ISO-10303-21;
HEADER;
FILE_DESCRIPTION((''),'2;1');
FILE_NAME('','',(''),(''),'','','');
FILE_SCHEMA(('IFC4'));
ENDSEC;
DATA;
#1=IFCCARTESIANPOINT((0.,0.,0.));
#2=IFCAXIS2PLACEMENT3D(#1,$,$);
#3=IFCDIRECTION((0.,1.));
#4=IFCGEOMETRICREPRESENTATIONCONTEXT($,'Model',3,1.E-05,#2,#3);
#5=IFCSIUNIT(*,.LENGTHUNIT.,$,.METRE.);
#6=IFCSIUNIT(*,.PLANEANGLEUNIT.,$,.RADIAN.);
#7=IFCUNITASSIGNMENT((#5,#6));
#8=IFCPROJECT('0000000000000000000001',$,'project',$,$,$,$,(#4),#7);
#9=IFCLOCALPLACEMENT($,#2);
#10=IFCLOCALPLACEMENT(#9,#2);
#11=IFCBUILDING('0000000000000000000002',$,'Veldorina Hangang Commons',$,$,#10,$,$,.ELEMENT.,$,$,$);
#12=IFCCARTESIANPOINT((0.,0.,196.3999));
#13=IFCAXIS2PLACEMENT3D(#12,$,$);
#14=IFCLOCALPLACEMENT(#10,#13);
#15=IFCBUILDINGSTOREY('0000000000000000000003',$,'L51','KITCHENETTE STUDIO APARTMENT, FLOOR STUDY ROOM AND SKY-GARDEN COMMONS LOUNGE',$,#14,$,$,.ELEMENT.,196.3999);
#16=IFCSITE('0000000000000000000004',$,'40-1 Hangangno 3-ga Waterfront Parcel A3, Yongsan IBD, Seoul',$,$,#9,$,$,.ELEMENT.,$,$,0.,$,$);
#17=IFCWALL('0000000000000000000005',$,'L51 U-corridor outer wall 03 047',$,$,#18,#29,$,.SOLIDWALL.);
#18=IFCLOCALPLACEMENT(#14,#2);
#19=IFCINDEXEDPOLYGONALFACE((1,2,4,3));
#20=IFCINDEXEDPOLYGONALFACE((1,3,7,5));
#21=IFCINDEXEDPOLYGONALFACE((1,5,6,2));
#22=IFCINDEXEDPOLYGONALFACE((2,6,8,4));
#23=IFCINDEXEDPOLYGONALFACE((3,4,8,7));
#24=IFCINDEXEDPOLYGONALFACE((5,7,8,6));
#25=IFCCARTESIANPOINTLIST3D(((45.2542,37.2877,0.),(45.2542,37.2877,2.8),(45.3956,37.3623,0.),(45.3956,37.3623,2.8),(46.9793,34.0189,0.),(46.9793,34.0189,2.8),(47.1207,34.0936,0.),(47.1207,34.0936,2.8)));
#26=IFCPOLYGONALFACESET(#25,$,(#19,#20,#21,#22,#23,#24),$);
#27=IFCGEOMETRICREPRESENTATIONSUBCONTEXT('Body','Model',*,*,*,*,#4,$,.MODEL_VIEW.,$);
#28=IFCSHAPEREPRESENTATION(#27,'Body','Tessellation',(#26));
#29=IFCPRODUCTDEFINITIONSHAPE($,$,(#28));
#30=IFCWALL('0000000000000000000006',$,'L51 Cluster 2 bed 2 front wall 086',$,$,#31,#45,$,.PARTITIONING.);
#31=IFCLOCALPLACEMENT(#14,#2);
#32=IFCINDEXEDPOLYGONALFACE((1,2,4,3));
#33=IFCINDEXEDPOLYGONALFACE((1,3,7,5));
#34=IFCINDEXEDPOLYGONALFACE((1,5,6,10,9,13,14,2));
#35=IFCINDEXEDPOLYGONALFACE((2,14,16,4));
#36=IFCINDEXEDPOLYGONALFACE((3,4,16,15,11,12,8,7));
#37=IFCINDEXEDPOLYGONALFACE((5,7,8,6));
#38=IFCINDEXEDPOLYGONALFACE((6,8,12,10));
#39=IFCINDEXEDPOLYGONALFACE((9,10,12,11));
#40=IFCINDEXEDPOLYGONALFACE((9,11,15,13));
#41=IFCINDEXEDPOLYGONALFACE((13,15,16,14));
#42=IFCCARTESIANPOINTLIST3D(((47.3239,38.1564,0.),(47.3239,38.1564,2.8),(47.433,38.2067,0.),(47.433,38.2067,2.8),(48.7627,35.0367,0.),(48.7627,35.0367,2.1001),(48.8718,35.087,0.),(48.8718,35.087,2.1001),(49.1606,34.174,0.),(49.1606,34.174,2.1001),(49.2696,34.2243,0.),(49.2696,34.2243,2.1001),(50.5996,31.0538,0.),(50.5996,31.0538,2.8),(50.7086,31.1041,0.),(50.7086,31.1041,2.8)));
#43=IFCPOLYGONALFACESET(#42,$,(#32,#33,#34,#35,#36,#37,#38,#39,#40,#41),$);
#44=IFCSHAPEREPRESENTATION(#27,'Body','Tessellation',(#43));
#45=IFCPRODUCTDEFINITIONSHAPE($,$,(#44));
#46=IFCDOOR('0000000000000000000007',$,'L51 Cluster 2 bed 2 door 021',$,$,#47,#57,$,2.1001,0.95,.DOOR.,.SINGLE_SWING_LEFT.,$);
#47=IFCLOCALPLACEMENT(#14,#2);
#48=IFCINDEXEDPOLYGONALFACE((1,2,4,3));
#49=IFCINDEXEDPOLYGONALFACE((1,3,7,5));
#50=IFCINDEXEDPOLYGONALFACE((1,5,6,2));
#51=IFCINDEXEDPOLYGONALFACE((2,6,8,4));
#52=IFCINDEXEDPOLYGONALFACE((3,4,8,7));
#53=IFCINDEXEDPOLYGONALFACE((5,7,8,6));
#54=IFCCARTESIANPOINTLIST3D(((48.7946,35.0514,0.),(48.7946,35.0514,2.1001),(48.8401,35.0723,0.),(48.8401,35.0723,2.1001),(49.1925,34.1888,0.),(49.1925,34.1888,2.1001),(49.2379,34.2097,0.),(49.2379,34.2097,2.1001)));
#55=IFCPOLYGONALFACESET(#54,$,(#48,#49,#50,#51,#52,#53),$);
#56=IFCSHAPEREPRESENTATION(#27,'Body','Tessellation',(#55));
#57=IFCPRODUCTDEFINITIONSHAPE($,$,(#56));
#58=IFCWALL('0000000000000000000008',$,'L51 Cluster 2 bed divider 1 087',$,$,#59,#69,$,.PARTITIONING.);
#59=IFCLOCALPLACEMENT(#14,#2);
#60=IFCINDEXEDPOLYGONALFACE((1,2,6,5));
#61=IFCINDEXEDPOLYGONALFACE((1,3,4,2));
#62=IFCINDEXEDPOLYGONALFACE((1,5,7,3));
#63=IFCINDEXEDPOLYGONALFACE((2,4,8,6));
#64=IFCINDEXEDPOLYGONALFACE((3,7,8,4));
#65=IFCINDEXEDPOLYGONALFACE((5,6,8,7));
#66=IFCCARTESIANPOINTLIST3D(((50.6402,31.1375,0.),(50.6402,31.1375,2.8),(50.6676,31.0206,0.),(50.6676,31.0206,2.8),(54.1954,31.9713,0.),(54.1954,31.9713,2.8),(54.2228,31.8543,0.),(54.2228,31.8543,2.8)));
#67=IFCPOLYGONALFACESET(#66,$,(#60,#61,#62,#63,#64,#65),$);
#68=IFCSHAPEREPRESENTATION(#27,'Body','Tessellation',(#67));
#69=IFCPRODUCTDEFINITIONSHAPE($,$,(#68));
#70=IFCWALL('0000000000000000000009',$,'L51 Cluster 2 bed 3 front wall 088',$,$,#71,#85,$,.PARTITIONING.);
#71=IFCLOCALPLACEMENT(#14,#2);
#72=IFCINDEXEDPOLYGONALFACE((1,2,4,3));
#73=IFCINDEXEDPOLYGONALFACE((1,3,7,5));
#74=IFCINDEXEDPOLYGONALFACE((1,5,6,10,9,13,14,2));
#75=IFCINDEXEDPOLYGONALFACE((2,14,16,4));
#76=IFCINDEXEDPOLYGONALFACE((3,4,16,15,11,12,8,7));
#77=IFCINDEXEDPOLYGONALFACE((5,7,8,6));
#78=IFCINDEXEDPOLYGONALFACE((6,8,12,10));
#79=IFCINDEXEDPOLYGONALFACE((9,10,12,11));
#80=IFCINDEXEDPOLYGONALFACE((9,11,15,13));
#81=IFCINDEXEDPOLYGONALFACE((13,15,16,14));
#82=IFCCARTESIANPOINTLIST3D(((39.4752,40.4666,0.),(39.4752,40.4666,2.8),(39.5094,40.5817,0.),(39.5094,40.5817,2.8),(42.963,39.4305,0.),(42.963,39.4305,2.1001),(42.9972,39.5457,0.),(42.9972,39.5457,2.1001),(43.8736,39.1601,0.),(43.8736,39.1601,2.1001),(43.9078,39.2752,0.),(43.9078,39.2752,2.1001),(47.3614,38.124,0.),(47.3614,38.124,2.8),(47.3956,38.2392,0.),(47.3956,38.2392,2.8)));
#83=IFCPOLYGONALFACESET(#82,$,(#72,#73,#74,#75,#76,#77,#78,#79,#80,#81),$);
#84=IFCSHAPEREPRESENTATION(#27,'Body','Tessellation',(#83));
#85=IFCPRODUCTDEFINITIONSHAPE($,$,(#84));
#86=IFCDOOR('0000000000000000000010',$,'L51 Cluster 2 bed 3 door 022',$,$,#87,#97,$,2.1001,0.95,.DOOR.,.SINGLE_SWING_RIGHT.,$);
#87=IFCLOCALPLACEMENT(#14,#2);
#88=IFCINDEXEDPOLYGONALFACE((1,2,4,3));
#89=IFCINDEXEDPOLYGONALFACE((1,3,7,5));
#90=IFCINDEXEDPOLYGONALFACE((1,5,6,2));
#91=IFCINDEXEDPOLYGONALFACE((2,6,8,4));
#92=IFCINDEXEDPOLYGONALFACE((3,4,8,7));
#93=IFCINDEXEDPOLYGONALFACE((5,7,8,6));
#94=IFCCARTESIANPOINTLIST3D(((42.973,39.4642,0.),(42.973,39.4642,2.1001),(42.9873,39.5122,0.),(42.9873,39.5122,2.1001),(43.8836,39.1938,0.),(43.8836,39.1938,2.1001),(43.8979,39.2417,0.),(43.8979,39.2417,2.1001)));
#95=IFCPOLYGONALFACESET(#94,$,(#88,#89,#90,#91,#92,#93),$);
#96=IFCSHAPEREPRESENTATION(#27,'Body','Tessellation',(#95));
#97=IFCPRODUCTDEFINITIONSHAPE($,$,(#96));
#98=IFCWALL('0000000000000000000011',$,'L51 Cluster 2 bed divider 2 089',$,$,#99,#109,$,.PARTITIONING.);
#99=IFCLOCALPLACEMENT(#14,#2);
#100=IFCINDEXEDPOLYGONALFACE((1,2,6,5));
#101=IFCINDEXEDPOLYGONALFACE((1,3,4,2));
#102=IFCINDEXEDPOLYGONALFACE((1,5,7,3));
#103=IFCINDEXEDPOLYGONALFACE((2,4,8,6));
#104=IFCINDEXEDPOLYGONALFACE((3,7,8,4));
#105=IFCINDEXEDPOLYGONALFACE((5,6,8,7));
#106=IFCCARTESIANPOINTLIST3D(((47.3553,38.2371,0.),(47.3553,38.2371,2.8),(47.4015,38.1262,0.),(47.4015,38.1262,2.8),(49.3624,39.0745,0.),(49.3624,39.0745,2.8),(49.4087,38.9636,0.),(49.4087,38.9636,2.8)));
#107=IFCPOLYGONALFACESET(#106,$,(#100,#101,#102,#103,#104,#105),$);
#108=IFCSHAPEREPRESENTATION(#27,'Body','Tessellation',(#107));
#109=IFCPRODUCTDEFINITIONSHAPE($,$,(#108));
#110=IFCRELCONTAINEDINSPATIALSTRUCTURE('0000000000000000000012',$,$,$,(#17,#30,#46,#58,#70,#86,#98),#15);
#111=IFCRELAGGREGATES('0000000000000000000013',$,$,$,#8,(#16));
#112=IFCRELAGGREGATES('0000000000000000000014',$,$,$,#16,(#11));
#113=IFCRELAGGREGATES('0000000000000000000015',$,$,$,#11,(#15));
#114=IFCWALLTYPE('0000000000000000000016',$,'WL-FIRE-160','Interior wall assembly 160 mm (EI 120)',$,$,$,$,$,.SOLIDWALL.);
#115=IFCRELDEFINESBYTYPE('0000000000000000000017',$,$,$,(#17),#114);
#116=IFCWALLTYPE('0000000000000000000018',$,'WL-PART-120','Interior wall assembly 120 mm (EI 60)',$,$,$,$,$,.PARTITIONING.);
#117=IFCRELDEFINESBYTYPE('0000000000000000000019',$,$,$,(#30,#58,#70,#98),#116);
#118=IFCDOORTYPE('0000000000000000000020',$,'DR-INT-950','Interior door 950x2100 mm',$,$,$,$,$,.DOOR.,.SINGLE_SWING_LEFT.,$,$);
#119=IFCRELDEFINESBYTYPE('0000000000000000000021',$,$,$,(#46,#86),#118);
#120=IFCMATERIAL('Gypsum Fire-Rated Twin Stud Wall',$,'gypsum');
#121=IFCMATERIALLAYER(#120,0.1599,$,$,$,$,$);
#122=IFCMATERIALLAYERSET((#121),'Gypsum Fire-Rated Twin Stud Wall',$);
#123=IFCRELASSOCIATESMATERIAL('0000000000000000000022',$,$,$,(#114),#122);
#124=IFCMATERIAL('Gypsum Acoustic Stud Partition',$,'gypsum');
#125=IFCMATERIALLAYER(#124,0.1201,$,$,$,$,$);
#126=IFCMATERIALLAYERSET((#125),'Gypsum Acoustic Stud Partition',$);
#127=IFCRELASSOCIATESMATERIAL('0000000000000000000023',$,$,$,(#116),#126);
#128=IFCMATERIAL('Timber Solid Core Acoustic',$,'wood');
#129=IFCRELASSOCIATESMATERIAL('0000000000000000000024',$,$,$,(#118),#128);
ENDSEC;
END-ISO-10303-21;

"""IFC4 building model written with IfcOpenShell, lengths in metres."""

from ifc_helpers import new_model, si_unit, direction, frame, frame_2d, origin, place, context, subcontext, project, spatial, rectangle, extrude, material, layer, layer_set, type_object, element, fill, save


model = new_model("IFC4")

# Units and contexts
model_context = context("Model", 3, precision=1e-05, world=origin(), true_north=direction((0.0, 1.0)))
body_context = subcontext(model_context, "Body", "Model", "MODEL_VIEW")
ifc_project = project(units=[si_unit("LENGTHUNIT", "METRE"), si_unit("PLANEANGLEUNIT", "RADIAN")], contexts=[model_context])

# Site, building, storey
site_placement = place(None, origin())
site = spatial("IfcSite", under=ifc_project, at=site_placement, Name="40-1 Hangangno 3-ga Waterfront Parcel A3, Yongsan IBD, Seoul", CompositionType="ELEMENT", RefElevation=0.0)
building_placement = place(site_placement, origin())
building = spatial("IfcBuilding", under=site, at=building_placement, Name="Veldorina Hangang Commons", CompositionType="ELEMENT")
storey_placement = place(building_placement, frame((0.0, 0.0, 196.3999)))
storey = spatial("IfcBuildingStorey", under=building, at=storey_placement, Name="L51", Description="KITCHENETTE STUDIO APARTMENT, FLOOR STUDY ROOM AND SKY-GARDEN COMMONS LOUNGE", CompositionType="ELEMENT", Elevation=196.3999)

# Wall
ifc_material_1 = material(Name="Gypsum Fire-Rated Twin Stud Wall", Category="gypsum")
ifc_layer_1 = layer(ifc_material_1, 0.1599)
ifc_layer_set_1 = layer_set([ifc_layer_1], Name="Gypsum Fire-Rated Twin Stud Wall")
wall_type_1 = type_object("IfcWallType", Name="WL-FIRE-160", Description="Interior wall assembly 160 mm (EI 120)", PredefinedType="SOLIDWALL", material=ifc_layer_set_1)
wall_1_placement = place(storey_placement, frame((47.05, 34.0562, 0.0), z_axis=(0.0, 0.0, 1.0), x_axis=(-0.466737, 0.884396, 0.0)))
element("IfcWall", 1, at=wall_1_placement, inside=storey, type_object=wall_type_1, Name="L51 U-corridor outer wall 03 047", PredefinedType="SOLIDWALL", context=body_context, shape_type="SweptSolid", body=[
    extrude(rectangle(XDim=3.696, YDim=0.1599, at=frame_2d((1.8481, 0.0))), origin(), (0.0, 0.0, 1.0), 2.8),
])

# Wall, opening, door
ifc_material_2 = material(Name="Gypsum Acoustic Stud Partition", Category="gypsum")
ifc_layer_2 = layer(ifc_material_2, 0.1201)
ifc_layer_set_2 = layer_set([ifc_layer_2], Name="Gypsum Acoustic Stud Partition")
wall_type_2 = type_object("IfcWallType", Name="WL-PART-120", Description="Interior wall assembly 120 mm (EI 60)", PredefinedType="PARTITIONING", material=ifc_layer_set_2)
wall_2_placement = place(storey_placement, frame((50.6541, 31.0791, 0.0), z_axis=(0.0, 0.0, 1.0), x_axis=(-0.418799, 0.908079, 0.0)))
wall_2 = element("IfcWall", 2, at=wall_2_placement, inside=storey, type_object=wall_type_2, Name="L51 Cluster 2 bed 2 front wall 086", PredefinedType="PARTITIONING", context=body_context, shape_type="SweptSolid", body=[
    extrude(rectangle(XDim=7.8215, YDim=0.1201, at=frame_2d((3.9106, 0.0))), origin(), (0.0, 0.0, 1.0), 2.8),
])
opening_1_placement = place(wall_2_placement, frame((3.4358, 0.0, 0.0)))
opening_1 = element("IfcOpeningElement", 3, at=opening_1_placement, cuts=wall_2, PredefinedType="OPENING", context=body_context, shape_type="SweptSolid", body=[
    extrude(rectangle(XDim=0.95, YDim=2.1001, at=frame_2d((0.4751, 1.05))), frame((0.0, 0.0701, 0.0), z_axis=(0.0, -1.0, 0.0), x_axis=(1.0, 0.0, 0.0)), (0.0, 0.0, 1.0), 0.1401),
])
ifc_material_3 = material(Name="Timber Solid Core Acoustic", Category="wood")
door_type = type_object("IfcDoorType", Name="DR-INT-950", Description="Interior door 950x2100 mm", OperationType="SINGLE_SWING_LEFT", PredefinedType="DOOR", material=ifc_material_3)
door_1_placement = place(opening_1_placement, origin())
door_1 = element("IfcDoor", 4, at=door_1_placement, inside=storey, type_object=door_type, Name="L51 Cluster 2 bed 2 door 021", OperationType="SINGLE_SWING_LEFT", OverallHeight=2.1001, OverallWidth=0.95, PredefinedType="DOOR", context=body_context, shape_type="SweptSolid", body=[
    extrude(rectangle(XDim=0.95, YDim=2.1001, at=frame_2d((0.4751, 1.05))), frame((0.0, 0.0249, 0.0), z_axis=(0.0, -1.0, 0.0), x_axis=(1.0, 0.0, 0.0)), (0.0, 0.0, 1.0), 0.05),
])
fill(opening_1, door_1)

# Wall
wall_3_placement = place(storey_placement, frame((50.6541, 31.0791, 0.0), z_axis=(0.0, 0.0, 1.0), x_axis=(0.973586, 0.22832, 0.0)))
element("IfcWall", 5, at=wall_3_placement, inside=storey, type_object=wall_type_2, Name="L51 Cluster 2 bed divider 1 087", PredefinedType="PARTITIONING", context=body_context, shape_type="SweptSolid", body=[
    extrude(rectangle(XDim=3.6516, YDim=0.1201, at=frame_2d((1.8257, 0.0))), origin(), (0.0, 0.0, 1.0), 2.8),
])

# Wall, opening, door
wall_4_placement = place(storey_placement, frame((47.3784, 38.1816, 0.0), z_axis=(0.0, 0.0, 1.0), x_axis=(-0.958604, 0.284744, 0.0)))
wall_4 = element("IfcWall", 6, at=wall_4_placement, inside=storey, type_object=wall_type_2, Name="L51 Cluster 2 bed 3 front wall 088", PredefinedType="PARTITIONING", context=body_context, shape_type="SweptSolid", body=[
    extrude(rectangle(XDim=8.2268, YDim=0.1201, at=frame_2d((4.1133, 0.0))), origin(), (0.0, 0.0, 1.0), 2.8),
])
opening_2_placement = place(wall_4_placement, frame((3.6382, 0.0, 0.0)))
opening_2 = element("IfcOpeningElement", 7, at=opening_2_placement, cuts=wall_4, PredefinedType="OPENING", context=body_context, shape_type="SweptSolid", body=[
    extrude(rectangle(XDim=0.95, YDim=2.1001, at=frame_2d((0.4751, 1.05))), frame((0.0, 0.0701, 0.0), z_axis=(0.0, -1.0, 0.0), x_axis=(1.0, 0.0, 0.0)), (0.0, 0.0, 1.0), 0.1401),
])
door_2_placement = place(opening_2_placement, origin())
door_2 = element("IfcDoor", 8, at=door_2_placement, inside=storey, type_object=door_type, Name="L51 Cluster 2 bed 3 door 022", OperationType="SINGLE_SWING_RIGHT", OverallHeight=2.1001, OverallWidth=0.95, PredefinedType="DOOR", context=body_context, shape_type="SweptSolid", body=[
    extrude(rectangle(XDim=0.95, YDim=2.1001, at=frame_2d((0.4751, 1.05))), frame((0.0, 0.0249, 0.0), z_axis=(0.0, -1.0, 0.0), x_axis=(1.0, 0.0, 0.0)), (0.0, 0.0, 1.0), 0.05),
])
fill(opening_2, door_2)

# Wall
wall_5_placement = place(storey_placement, frame((47.3784, 38.1816, 0.0), z_axis=(0.0, 0.0, 1.0), x_axis=(0.922894, 0.385054, 0.0)))
element("IfcWall", 9, at=wall_5_placement, inside=storey, type_object=wall_type_2, Name="L51 Cluster 2 bed divider 2 089", PredefinedType="PARTITIONING", context=body_context, shape_type="SweptSolid", body=[
    extrude(rectangle(XDim=2.1748, YDim=0.1201, at=frame_2d((1.0874, 0.0))), origin(), (0.0, 0.0, 1.0), 2.8),
])

save(model, "model.ifc")
